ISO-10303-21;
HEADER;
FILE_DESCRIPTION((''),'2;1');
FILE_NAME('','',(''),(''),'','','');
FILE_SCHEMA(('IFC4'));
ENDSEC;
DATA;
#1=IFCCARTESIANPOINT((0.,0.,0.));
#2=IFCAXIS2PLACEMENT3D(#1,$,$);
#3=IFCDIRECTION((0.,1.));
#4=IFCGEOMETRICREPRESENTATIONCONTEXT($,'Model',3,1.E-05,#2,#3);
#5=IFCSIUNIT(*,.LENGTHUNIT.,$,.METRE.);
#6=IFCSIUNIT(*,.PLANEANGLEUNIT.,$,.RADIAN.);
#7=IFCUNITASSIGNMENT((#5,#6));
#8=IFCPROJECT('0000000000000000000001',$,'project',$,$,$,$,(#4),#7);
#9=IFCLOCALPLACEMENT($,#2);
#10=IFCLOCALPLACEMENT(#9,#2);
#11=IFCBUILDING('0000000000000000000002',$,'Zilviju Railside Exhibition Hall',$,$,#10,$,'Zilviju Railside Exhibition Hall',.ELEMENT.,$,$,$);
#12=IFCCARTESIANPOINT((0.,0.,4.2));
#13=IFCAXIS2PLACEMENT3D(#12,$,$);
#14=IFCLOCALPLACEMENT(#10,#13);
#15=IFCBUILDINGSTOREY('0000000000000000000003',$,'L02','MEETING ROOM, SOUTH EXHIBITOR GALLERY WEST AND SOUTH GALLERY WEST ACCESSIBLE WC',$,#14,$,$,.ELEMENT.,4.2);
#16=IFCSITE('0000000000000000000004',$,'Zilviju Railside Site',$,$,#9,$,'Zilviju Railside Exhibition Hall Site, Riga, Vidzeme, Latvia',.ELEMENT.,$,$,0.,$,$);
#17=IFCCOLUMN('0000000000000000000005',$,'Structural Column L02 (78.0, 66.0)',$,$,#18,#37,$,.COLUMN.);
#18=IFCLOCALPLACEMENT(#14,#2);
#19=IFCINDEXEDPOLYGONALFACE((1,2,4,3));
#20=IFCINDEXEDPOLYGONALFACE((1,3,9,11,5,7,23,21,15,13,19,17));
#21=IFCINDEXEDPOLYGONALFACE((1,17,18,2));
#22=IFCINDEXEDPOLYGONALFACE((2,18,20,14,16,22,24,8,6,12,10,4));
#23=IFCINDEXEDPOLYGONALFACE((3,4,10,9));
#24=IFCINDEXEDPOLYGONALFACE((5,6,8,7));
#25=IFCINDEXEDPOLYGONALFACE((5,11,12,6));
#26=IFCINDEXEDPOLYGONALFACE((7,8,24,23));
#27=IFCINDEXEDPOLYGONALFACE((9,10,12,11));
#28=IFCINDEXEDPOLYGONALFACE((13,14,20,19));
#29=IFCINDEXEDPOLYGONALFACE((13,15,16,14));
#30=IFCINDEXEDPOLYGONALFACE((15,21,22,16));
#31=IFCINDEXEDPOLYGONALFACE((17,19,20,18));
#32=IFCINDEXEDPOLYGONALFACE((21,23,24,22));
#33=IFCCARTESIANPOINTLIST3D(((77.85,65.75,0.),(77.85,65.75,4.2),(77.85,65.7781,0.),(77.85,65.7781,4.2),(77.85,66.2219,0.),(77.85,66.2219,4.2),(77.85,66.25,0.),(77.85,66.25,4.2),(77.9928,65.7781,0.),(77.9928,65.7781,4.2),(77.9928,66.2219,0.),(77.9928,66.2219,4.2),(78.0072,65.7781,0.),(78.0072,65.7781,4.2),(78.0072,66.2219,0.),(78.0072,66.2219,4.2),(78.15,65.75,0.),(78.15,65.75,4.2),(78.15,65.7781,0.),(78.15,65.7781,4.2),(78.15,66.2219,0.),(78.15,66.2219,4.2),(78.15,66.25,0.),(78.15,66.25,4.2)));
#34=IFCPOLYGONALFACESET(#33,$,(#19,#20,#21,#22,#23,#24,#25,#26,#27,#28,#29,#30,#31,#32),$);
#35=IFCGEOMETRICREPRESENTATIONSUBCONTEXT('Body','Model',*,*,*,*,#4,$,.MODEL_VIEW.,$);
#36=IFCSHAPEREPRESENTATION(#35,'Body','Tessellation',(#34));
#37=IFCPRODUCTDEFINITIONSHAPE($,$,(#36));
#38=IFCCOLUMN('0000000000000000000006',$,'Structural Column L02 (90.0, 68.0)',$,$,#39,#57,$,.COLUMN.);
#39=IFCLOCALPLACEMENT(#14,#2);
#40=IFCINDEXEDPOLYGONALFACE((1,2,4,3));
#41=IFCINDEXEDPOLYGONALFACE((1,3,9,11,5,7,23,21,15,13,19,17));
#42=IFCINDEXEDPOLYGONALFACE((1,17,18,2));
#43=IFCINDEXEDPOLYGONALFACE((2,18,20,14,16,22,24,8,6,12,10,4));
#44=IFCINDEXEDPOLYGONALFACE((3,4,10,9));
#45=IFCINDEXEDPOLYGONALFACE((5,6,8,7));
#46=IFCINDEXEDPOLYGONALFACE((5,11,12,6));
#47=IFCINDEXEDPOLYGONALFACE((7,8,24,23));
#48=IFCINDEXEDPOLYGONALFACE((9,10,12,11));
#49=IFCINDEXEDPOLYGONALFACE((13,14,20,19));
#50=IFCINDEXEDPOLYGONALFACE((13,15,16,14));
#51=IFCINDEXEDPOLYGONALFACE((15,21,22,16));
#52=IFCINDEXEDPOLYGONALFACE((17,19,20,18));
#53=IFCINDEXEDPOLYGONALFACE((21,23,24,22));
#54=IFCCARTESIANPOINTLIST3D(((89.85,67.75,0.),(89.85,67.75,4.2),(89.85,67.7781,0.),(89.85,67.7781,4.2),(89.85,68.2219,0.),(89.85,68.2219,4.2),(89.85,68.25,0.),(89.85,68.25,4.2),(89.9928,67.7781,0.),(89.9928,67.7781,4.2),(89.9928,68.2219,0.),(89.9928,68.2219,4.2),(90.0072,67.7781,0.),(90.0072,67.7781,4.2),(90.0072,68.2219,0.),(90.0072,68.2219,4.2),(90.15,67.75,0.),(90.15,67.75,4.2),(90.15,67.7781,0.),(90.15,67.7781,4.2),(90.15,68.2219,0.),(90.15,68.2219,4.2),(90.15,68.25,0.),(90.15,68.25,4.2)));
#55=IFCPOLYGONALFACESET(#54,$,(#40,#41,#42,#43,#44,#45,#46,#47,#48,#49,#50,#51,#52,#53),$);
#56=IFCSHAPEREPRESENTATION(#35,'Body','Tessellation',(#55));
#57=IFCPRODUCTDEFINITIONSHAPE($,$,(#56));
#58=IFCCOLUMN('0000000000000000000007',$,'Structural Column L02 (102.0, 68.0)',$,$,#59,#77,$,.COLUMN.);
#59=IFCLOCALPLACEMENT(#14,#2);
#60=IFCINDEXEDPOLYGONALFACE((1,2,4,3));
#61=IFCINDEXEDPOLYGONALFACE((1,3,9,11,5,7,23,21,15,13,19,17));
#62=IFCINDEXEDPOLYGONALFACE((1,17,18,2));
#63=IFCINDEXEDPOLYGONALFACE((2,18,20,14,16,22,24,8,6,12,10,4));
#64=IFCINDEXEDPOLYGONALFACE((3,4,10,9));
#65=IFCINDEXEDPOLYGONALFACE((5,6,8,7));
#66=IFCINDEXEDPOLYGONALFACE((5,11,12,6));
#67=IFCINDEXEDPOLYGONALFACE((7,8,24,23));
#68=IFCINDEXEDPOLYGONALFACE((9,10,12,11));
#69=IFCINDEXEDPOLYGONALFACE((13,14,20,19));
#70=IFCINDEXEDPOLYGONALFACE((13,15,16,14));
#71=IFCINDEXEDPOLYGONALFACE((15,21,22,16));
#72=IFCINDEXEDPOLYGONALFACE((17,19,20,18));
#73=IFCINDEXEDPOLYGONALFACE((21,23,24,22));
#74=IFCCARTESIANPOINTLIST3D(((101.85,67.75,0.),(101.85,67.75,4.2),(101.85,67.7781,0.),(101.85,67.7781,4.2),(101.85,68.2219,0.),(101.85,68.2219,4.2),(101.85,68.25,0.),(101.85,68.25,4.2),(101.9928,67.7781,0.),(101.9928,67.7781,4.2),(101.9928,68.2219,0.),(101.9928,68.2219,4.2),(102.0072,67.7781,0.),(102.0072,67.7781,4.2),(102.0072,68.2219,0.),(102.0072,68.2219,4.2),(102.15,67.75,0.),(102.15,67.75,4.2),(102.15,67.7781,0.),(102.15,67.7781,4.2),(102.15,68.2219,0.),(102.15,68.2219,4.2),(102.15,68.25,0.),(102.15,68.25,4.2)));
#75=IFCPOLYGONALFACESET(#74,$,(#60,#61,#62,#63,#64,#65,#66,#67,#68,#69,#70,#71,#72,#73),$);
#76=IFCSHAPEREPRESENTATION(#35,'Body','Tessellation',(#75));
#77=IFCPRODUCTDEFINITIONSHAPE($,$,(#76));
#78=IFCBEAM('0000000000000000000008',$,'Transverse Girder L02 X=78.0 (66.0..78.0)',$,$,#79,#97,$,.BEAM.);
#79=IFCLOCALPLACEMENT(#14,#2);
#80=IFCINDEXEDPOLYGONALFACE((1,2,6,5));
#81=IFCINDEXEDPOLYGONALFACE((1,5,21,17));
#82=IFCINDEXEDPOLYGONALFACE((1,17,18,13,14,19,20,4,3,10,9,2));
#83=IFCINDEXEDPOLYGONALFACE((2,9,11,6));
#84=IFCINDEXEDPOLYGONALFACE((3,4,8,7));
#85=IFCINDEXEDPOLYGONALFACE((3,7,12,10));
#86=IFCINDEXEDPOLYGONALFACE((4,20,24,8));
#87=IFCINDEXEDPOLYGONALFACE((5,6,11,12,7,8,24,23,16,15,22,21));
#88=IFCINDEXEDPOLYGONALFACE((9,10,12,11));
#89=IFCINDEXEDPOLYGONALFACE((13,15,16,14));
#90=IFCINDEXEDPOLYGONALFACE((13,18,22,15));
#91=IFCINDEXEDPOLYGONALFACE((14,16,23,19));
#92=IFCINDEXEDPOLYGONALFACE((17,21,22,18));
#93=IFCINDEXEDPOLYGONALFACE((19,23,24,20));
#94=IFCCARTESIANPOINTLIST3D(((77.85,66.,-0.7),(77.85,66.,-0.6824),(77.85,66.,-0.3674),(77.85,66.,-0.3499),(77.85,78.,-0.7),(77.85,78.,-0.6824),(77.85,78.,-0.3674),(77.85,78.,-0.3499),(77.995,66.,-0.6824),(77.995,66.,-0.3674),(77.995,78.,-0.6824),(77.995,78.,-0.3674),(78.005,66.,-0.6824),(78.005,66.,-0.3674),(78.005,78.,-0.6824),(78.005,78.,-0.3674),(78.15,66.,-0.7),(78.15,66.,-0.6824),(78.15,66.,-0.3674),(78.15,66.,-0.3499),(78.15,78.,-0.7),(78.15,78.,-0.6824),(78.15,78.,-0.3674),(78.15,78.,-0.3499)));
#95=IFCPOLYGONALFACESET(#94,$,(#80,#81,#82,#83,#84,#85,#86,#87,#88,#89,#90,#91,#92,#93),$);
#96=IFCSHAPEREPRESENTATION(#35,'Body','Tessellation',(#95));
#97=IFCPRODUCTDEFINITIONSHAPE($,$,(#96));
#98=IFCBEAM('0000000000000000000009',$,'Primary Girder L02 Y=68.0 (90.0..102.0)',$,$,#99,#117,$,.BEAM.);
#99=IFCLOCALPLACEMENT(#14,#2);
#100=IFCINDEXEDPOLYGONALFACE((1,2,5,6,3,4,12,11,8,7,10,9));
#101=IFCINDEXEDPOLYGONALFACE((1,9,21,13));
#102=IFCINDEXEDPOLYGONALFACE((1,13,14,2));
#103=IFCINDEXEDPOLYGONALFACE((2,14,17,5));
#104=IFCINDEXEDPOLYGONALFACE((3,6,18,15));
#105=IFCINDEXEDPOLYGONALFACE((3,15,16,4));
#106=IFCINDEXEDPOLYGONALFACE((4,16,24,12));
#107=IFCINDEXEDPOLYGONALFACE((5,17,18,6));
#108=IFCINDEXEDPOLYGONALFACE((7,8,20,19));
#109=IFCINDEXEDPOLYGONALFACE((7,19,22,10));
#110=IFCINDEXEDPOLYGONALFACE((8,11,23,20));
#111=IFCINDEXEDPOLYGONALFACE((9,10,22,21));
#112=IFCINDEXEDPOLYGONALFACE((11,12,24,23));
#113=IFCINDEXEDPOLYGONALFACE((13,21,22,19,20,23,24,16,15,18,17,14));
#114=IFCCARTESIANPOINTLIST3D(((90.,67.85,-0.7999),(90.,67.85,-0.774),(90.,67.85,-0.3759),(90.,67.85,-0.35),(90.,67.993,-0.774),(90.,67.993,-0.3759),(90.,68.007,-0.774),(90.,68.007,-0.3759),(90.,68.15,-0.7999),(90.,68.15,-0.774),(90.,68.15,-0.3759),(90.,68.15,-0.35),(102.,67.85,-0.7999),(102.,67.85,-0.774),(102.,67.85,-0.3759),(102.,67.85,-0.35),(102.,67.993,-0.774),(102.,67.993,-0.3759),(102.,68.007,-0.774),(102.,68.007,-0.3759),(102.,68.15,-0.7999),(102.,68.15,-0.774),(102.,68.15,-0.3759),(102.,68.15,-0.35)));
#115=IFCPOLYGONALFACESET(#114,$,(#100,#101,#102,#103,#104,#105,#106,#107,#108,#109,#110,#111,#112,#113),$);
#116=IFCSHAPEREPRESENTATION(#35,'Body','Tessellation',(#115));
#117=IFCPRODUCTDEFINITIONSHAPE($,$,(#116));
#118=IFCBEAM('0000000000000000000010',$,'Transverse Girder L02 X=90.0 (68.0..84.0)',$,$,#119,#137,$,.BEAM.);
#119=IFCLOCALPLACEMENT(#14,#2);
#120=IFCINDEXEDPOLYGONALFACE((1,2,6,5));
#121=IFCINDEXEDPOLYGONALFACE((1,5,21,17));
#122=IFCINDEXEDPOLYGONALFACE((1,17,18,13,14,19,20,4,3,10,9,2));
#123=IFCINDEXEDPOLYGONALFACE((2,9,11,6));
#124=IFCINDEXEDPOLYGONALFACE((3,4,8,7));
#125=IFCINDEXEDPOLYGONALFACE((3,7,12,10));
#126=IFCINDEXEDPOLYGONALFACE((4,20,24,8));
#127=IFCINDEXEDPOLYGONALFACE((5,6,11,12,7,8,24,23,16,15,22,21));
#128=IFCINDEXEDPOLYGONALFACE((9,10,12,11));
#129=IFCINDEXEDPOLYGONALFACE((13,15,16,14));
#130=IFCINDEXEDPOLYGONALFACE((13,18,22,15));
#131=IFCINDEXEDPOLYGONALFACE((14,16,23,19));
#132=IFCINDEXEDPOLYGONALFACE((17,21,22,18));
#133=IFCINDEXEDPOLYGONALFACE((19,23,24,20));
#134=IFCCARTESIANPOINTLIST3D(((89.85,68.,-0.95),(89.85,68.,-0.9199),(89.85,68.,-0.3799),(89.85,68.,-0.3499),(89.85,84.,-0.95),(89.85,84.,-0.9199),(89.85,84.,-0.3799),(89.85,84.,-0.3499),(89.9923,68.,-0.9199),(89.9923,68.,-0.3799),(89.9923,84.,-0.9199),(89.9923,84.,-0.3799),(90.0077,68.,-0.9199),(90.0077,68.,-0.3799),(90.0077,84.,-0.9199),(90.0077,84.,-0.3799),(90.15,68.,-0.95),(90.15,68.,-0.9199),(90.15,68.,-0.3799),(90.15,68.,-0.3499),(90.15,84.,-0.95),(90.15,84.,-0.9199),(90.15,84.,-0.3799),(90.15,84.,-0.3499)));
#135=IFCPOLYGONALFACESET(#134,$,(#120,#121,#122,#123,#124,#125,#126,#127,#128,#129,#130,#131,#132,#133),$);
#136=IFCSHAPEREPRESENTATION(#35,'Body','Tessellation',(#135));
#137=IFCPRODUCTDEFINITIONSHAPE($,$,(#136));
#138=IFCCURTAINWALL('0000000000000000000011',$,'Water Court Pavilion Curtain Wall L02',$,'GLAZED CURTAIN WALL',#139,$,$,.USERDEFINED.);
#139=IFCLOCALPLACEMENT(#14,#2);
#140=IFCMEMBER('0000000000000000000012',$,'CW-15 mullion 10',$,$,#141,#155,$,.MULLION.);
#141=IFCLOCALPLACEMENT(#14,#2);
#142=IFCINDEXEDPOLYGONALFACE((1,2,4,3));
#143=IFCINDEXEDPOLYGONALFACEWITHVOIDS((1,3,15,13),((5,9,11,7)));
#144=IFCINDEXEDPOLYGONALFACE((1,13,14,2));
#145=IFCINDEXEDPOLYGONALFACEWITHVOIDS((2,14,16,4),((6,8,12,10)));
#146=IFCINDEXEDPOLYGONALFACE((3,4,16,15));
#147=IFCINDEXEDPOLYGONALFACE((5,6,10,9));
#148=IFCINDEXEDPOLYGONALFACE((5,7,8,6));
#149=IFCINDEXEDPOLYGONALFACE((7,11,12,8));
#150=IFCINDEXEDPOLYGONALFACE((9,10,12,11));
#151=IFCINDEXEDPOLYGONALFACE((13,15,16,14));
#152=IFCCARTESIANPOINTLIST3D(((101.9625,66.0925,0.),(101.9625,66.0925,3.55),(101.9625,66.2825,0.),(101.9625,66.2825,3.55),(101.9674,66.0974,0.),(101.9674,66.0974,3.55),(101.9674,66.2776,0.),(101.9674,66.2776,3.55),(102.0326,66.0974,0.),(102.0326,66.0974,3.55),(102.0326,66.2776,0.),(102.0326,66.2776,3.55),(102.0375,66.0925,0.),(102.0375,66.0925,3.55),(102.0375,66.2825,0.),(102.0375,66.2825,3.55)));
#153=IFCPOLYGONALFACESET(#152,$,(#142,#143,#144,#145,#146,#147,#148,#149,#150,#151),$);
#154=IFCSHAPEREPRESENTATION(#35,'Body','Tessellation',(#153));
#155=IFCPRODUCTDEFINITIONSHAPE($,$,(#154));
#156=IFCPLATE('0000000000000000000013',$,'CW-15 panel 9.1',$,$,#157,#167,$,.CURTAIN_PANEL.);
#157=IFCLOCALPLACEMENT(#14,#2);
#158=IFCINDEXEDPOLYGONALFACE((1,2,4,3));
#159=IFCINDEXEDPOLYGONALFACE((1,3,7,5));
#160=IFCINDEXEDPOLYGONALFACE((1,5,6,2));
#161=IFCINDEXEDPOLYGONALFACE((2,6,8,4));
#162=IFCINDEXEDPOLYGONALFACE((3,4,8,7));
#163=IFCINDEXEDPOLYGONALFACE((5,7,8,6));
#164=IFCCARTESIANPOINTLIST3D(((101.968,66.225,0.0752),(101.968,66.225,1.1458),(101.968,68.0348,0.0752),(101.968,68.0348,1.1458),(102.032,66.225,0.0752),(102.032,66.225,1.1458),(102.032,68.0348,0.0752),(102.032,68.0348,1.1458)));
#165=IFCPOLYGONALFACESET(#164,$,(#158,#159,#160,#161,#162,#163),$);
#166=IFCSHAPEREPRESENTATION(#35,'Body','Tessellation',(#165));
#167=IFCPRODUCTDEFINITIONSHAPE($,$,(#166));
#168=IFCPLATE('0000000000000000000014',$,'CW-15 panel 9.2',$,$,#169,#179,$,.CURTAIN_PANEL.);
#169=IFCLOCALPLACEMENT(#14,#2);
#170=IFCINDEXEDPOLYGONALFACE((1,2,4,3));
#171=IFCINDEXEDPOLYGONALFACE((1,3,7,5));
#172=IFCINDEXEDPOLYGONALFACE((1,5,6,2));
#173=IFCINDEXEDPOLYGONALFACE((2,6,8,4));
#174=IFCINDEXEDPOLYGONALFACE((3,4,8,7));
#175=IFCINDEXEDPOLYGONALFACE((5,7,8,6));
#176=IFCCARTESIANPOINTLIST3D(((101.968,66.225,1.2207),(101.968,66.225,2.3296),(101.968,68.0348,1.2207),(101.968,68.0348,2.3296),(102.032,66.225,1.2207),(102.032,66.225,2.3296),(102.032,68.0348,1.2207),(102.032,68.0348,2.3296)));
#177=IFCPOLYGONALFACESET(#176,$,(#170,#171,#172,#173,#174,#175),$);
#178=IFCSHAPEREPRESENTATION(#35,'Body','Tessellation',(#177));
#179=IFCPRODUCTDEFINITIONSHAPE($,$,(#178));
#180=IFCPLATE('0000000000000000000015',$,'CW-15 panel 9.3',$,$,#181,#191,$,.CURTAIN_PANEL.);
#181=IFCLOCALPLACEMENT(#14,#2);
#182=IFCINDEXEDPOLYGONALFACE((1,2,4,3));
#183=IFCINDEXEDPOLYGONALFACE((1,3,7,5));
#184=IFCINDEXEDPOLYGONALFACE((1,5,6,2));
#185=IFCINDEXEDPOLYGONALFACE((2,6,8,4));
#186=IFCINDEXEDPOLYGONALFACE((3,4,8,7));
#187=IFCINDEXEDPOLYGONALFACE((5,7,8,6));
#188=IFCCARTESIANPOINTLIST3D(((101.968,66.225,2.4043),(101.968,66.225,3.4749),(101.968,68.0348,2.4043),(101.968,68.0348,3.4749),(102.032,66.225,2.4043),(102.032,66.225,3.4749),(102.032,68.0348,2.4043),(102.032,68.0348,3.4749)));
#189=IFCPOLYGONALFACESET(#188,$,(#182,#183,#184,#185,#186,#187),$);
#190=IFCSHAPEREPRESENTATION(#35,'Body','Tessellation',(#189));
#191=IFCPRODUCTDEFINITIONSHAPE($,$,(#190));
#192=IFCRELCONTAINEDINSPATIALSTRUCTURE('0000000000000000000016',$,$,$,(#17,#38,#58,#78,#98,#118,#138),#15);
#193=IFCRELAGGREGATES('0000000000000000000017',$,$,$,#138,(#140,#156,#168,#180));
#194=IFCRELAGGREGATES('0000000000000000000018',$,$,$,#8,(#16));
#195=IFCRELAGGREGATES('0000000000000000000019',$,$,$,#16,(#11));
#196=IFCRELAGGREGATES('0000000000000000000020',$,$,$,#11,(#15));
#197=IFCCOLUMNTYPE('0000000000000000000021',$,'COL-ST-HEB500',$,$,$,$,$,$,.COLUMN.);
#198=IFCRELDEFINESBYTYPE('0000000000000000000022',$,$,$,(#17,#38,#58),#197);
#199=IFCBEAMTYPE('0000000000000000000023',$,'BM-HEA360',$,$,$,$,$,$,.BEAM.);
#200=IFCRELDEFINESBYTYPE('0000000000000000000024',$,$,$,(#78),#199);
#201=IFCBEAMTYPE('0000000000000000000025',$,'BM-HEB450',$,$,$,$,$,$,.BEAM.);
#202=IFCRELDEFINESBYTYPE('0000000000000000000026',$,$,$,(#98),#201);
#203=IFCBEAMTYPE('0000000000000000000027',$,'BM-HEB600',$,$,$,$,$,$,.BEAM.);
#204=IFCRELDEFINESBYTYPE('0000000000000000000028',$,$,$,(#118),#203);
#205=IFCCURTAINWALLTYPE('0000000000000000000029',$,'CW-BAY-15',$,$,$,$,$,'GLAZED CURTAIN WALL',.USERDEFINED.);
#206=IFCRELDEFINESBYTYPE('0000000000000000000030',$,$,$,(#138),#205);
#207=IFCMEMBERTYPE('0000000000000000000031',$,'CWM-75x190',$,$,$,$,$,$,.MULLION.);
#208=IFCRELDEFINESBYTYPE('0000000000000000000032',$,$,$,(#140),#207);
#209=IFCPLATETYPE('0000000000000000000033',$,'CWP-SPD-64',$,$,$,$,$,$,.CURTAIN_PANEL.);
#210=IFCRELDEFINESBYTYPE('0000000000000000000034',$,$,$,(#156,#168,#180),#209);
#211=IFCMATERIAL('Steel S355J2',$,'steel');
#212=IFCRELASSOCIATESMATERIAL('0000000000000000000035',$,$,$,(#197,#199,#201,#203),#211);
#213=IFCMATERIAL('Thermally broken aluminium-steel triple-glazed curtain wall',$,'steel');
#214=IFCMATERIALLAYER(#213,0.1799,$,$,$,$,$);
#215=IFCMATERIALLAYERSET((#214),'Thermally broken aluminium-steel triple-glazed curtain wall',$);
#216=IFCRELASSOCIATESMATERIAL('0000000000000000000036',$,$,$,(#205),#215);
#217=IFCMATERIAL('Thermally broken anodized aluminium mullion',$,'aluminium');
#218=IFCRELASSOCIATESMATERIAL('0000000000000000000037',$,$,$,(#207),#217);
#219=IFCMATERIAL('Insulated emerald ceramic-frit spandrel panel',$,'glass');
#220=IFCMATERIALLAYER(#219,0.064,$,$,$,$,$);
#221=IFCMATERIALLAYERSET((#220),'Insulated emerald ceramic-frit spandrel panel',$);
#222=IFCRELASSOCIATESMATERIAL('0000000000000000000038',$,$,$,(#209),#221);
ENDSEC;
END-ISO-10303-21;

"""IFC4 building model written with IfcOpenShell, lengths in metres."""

from ifc_helpers import new_model, si_unit, direction, frame, origin, origin_2d, place, context, subcontext, project, spatial, rectangle, hollow_rectangle, i_section, extrude, material, layer, layer_set, material_profile, profile_set, type_object, element, aggregate, save


model = new_model("IFC4")

# Units and contexts
model_context = context("Model", 3, precision=1e-05, world=origin(), true_north=direction((0.0, 1.0)))
body_context = subcontext(model_context, "Body", "Model", "MODEL_VIEW")
ifc_project = project(units=[si_unit("LENGTHUNIT", "METRE"), si_unit("PLANEANGLEUNIT", "RADIAN")], contexts=[model_context])

# Site, building, storey
site_placement = place(None, origin())
site = spatial("IfcSite", under=ifc_project, at=site_placement, Name="Zilviju Railside Site", LongName="Zilviju Railside Exhibition Hall Site, Riga, Vidzeme, Latvia", CompositionType="ELEMENT", RefElevation=0.0)
building_placement = place(site_placement, origin())
building = spatial("IfcBuilding", under=site, at=building_placement, Name="Zilviju Railside Exhibition Hall", LongName="Zilviju Railside Exhibition Hall", CompositionType="ELEMENT")
storey_placement = place(building_placement, frame((0.0, 0.0, 4.2)))
storey = spatial("IfcBuildingStorey", under=building, at=storey_placement, Name="L02", Description="MEETING ROOM, SOUTH EXHIBITOR GALLERY WEST AND SOUTH GALLERY WEST ACCESSIBLE WC", CompositionType="ELEMENT", Elevation=4.2)

# Columns
ifc_material_1 = material(Name="Steel S355J2", Category="steel")
ifc_material_profile_1 = material_profile(ifc_material_1, i_section(OverallWidth=0.3, OverallDepth=0.5, WebThickness=0.0144, FlangeThickness=0.0281, at=origin_2d()), Name="HEB 500")
ifc_profile_set_1 = profile_set([ifc_material_profile_1], Name="Steel S355J2")
column_type = type_object("IfcColumnType", Name="COL-ST-HEB500", PredefinedType="COLUMN", material=ifc_profile_set_1)
for number, where, z_axis, x_axis, name in (
    (1, (78.0, 66.0, 0.0), (0.0, 0.0, 1.0), (1.0, 0.0, 0.0), "Structural Column L02 (78.0, 66.0)"),
    (2, (90.0, 68.0, 0.0), (0.0, 0.0, 1.0), (1.0, 0.0, 0.0), "Structural Column L02 (90.0, 68.0)"),
    (3, (102.0, 68.0, 0.0), (0.0, 0.0, 1.0), (1.0, 0.0, 0.0), "Structural Column L02 (102.0, 68.0)"),
):
    element("IfcColumn", number, at=place(storey_placement, frame(where, z_axis=z_axis, x_axis=x_axis)), inside=storey, type_object=column_type, Name=name, PredefinedType="COLUMN", context=body_context, shape_type="SweptSolid", body=[
        extrude(i_section(OverallWidth=0.3, OverallDepth=0.5, WebThickness=0.0144, FlangeThickness=0.0281, at=origin_2d()), origin(), (0.0, 0.0, 1.0), 4.2),
    ])

# Beams
ifc_material_profile_2 = material_profile(ifc_material_1, i_section(OverallWidth=0.3, OverallDepth=0.3501, WebThickness=0.01, FlangeThickness=0.0176, at=origin_2d()), Name="HEA 360")
ifc_profile_set_2 = profile_set([ifc_material_profile_2], Name="Steel S355J2")
beam_type_1 = type_object("IfcBeamType", Name="BM-HEA360", PredefinedType="BEAM", material=ifc_profile_set_2)
beam_1_placement = place(storey_placement, frame((78.0, 66.0, -0.5249), z_axis=(0.0, 1.0, 0.0), x_axis=(-1.0, 0.0, 0.0)))
element("IfcBeam", 4, at=beam_1_placement, inside=storey, type_object=beam_type_1, Name="Transverse Girder L02 X=78.0 (66.0..78.0)", PredefinedType="BEAM", context=body_context, shape_type="SweptSolid", body=[
    extrude(i_section(OverallWidth=0.3, OverallDepth=0.3501, WebThickness=0.01, FlangeThickness=0.0176, at=origin_2d()), origin(), (0.0, 0.0, 1.0), 12.0),
])
ifc_material_profile_3 = material_profile(ifc_material_1, i_section(OverallWidth=0.3, OverallDepth=0.45, WebThickness=0.0139, FlangeThickness=0.0259, at=origin_2d()), Name="HEB 450")
ifc_profile_set_3 = profile_set([ifc_material_profile_3], Name="Steel S355J2")
beam_type_2 = type_object("IfcBeamType", Name="BM-HEB450", PredefinedType="BEAM", material=ifc_profile_set_3)
beam_2_placement = place(storey_placement, frame((90.0, 68.0, -0.575), z_axis=(1.0, 0.0, 0.0), x_axis=(0.0, 1.0, 0.0)))
element("IfcBeam", 5, at=beam_2_placement, inside=storey, type_object=beam_type_2, Name="Primary Girder L02 Y=68.0 (90.0..102.0)", PredefinedType="BEAM", context=body_context, shape_type="SweptSolid", body=[
    extrude(i_section(OverallWidth=0.3, OverallDepth=0.45, WebThickness=0.0139, FlangeThickness=0.0259, at=origin_2d()), origin(), (0.0, 0.0, 1.0), 12.0),
])
ifc_material_profile_4 = material_profile(ifc_material_1, i_section(OverallWidth=0.3, OverallDepth=0.6001, WebThickness=0.0154, FlangeThickness=0.03, at=origin_2d()), Name="HEB 600")
ifc_profile_set_4 = profile_set([ifc_material_profile_4], Name="Steel S355J2")
beam_type_3 = type_object("IfcBeamType", Name="BM-HEB600", PredefinedType="BEAM", material=ifc_profile_set_4)
beam_3_placement = place(storey_placement, frame((90.0, 68.0, -0.6499), z_axis=(0.0, 1.0, 0.0), x_axis=(-1.0, 0.0, 0.0)))
element("IfcBeam", 6, at=beam_3_placement, inside=storey, type_object=beam_type_3, Name="Transverse Girder L02 X=90.0 (68.0..84.0)", PredefinedType="BEAM", context=body_context, shape_type="SweptSolid", body=[
    extrude(i_section(OverallWidth=0.3, OverallDepth=0.6001, WebThickness=0.0154, FlangeThickness=0.03, at=origin_2d()), origin(), (0.0, 0.0, 1.0), 16.0),
])

# Curtain wall, member, plates
ifc_material_2 = material(Name="Thermally broken aluminium-steel triple-glazed curtain wall", Category="steel")
ifc_layer_1 = layer(ifc_material_2, 0.1799)
ifc_layer_set_1 = layer_set([ifc_layer_1], Name="Thermally broken aluminium-steel triple-glazed curtain wall")
curtain_wall_type = type_object("IfcCurtainWallType", Name="CW-BAY-15", ElementType="GLAZED CURTAIN WALL", PredefinedType="USERDEFINED", material=ifc_layer_set_1)
curtain_wall_placement = place(storey_placement, origin())
curtain_wall = element("IfcCurtainWall", 7, at=curtain_wall_placement, inside=storey, type_object=curtain_wall_type, Name="Water Court Pavilion Curtain Wall L02", ObjectType="GLAZED CURTAIN WALL", PredefinedType="USERDEFINED")
ifc_material_3 = material(Name="Thermally broken anodized aluminium mullion", Category="aluminium")
ifc_material_profile_5 = material_profile(ifc_material_3, hollow_rectangle(XDim=0.075, YDim=0.1899, WallThickness=0.0049, at=origin_2d()), Name="MULLION 190x75x5")
ifc_profile_set_5 = profile_set([ifc_material_profile_5], Name="Thermally broken anodized aluminium mullion")
member_type = type_object("IfcMemberType", Name="CWM-75x190", PredefinedType="MULLION", material=ifc_profile_set_5)
member_placement = place(storey_placement, frame((102.0, 66.1875, 0.0), z_axis=(0.0, 0.0, 1.0), x_axis=(1.0, 0.0, 0.0)))
member = element("IfcMember", 8, at=member_placement, type_object=member_type, Name="CW-15 mullion 10", PredefinedType="MULLION", context=body_context, shape_type="SweptSolid", body=[
    extrude(hollow_rectangle(XDim=0.075, YDim=0.1899, WallThickness=0.0049, at=origin_2d()), origin(), (0.0, 0.0, 1.0), 3.55),
])
ifc_material_4 = material(Name="Insulated emerald ceramic-frit spandrel panel", Category="glass")
ifc_layer_2 = layer(ifc_material_4, 0.064)
ifc_layer_set_2 = layer_set([ifc_layer_2], Name="Insulated emerald ceramic-frit spandrel panel")
plate_type = type_object("IfcPlateType", Name="CWP-SPD-64", PredefinedType="CURTAIN_PANEL", material=ifc_layer_set_2)
plate_1_placement = place(storey_placement, frame((102.0, 67.1299, 0.0752), z_axis=(0.0, 0.0, 1.0), x_axis=(0.0, -1.0, 0.0)))
plate_1 = element("IfcPlate", 9, at=plate_1_placement, type_object=plate_type, Name="CW-15 panel 9.1", PredefinedType="CURTAIN_PANEL", context=body_context, shape_type="SweptSolid", body=[
    extrude(rectangle(XDim=1.8098, YDim=0.064, at=origin_2d()), origin(), (0.0, 0.0, 1.0), 1.0706),
])
plate_2_placement = place(storey_placement, frame((102.0, 67.1299, 1.2207), z_axis=(0.0, 0.0, 1.0), x_axis=(0.0, -1.0, 0.0)))
plate_2 = element("IfcPlate", 10, at=plate_2_placement, type_object=plate_type, Name="CW-15 panel 9.2", PredefinedType="CURTAIN_PANEL", context=body_context, shape_type="SweptSolid", body=[
    extrude(rectangle(XDim=1.8098, YDim=0.064, at=origin_2d()), origin(), (0.0, 0.0, 1.0), 1.1089),
])
plate_3_placement = place(storey_placement, frame((102.0, 67.1299, 2.4043), z_axis=(0.0, 0.0, 1.0), x_axis=(0.0, -1.0, 0.0)))
plate_3 = element("IfcPlate", 11, at=plate_3_placement, type_object=plate_type, Name="CW-15 panel 9.3", PredefinedType="CURTAIN_PANEL", context=body_context, shape_type="SweptSolid", body=[
    extrude(rectangle(XDim=1.8098, YDim=0.064, at=origin_2d()), origin(), (0.0, 0.0, 1.0), 1.0706),
])
aggregate(curtain_wall, [member, plate_1, plate_2, plate_3])

save(model, "model.ifc")
